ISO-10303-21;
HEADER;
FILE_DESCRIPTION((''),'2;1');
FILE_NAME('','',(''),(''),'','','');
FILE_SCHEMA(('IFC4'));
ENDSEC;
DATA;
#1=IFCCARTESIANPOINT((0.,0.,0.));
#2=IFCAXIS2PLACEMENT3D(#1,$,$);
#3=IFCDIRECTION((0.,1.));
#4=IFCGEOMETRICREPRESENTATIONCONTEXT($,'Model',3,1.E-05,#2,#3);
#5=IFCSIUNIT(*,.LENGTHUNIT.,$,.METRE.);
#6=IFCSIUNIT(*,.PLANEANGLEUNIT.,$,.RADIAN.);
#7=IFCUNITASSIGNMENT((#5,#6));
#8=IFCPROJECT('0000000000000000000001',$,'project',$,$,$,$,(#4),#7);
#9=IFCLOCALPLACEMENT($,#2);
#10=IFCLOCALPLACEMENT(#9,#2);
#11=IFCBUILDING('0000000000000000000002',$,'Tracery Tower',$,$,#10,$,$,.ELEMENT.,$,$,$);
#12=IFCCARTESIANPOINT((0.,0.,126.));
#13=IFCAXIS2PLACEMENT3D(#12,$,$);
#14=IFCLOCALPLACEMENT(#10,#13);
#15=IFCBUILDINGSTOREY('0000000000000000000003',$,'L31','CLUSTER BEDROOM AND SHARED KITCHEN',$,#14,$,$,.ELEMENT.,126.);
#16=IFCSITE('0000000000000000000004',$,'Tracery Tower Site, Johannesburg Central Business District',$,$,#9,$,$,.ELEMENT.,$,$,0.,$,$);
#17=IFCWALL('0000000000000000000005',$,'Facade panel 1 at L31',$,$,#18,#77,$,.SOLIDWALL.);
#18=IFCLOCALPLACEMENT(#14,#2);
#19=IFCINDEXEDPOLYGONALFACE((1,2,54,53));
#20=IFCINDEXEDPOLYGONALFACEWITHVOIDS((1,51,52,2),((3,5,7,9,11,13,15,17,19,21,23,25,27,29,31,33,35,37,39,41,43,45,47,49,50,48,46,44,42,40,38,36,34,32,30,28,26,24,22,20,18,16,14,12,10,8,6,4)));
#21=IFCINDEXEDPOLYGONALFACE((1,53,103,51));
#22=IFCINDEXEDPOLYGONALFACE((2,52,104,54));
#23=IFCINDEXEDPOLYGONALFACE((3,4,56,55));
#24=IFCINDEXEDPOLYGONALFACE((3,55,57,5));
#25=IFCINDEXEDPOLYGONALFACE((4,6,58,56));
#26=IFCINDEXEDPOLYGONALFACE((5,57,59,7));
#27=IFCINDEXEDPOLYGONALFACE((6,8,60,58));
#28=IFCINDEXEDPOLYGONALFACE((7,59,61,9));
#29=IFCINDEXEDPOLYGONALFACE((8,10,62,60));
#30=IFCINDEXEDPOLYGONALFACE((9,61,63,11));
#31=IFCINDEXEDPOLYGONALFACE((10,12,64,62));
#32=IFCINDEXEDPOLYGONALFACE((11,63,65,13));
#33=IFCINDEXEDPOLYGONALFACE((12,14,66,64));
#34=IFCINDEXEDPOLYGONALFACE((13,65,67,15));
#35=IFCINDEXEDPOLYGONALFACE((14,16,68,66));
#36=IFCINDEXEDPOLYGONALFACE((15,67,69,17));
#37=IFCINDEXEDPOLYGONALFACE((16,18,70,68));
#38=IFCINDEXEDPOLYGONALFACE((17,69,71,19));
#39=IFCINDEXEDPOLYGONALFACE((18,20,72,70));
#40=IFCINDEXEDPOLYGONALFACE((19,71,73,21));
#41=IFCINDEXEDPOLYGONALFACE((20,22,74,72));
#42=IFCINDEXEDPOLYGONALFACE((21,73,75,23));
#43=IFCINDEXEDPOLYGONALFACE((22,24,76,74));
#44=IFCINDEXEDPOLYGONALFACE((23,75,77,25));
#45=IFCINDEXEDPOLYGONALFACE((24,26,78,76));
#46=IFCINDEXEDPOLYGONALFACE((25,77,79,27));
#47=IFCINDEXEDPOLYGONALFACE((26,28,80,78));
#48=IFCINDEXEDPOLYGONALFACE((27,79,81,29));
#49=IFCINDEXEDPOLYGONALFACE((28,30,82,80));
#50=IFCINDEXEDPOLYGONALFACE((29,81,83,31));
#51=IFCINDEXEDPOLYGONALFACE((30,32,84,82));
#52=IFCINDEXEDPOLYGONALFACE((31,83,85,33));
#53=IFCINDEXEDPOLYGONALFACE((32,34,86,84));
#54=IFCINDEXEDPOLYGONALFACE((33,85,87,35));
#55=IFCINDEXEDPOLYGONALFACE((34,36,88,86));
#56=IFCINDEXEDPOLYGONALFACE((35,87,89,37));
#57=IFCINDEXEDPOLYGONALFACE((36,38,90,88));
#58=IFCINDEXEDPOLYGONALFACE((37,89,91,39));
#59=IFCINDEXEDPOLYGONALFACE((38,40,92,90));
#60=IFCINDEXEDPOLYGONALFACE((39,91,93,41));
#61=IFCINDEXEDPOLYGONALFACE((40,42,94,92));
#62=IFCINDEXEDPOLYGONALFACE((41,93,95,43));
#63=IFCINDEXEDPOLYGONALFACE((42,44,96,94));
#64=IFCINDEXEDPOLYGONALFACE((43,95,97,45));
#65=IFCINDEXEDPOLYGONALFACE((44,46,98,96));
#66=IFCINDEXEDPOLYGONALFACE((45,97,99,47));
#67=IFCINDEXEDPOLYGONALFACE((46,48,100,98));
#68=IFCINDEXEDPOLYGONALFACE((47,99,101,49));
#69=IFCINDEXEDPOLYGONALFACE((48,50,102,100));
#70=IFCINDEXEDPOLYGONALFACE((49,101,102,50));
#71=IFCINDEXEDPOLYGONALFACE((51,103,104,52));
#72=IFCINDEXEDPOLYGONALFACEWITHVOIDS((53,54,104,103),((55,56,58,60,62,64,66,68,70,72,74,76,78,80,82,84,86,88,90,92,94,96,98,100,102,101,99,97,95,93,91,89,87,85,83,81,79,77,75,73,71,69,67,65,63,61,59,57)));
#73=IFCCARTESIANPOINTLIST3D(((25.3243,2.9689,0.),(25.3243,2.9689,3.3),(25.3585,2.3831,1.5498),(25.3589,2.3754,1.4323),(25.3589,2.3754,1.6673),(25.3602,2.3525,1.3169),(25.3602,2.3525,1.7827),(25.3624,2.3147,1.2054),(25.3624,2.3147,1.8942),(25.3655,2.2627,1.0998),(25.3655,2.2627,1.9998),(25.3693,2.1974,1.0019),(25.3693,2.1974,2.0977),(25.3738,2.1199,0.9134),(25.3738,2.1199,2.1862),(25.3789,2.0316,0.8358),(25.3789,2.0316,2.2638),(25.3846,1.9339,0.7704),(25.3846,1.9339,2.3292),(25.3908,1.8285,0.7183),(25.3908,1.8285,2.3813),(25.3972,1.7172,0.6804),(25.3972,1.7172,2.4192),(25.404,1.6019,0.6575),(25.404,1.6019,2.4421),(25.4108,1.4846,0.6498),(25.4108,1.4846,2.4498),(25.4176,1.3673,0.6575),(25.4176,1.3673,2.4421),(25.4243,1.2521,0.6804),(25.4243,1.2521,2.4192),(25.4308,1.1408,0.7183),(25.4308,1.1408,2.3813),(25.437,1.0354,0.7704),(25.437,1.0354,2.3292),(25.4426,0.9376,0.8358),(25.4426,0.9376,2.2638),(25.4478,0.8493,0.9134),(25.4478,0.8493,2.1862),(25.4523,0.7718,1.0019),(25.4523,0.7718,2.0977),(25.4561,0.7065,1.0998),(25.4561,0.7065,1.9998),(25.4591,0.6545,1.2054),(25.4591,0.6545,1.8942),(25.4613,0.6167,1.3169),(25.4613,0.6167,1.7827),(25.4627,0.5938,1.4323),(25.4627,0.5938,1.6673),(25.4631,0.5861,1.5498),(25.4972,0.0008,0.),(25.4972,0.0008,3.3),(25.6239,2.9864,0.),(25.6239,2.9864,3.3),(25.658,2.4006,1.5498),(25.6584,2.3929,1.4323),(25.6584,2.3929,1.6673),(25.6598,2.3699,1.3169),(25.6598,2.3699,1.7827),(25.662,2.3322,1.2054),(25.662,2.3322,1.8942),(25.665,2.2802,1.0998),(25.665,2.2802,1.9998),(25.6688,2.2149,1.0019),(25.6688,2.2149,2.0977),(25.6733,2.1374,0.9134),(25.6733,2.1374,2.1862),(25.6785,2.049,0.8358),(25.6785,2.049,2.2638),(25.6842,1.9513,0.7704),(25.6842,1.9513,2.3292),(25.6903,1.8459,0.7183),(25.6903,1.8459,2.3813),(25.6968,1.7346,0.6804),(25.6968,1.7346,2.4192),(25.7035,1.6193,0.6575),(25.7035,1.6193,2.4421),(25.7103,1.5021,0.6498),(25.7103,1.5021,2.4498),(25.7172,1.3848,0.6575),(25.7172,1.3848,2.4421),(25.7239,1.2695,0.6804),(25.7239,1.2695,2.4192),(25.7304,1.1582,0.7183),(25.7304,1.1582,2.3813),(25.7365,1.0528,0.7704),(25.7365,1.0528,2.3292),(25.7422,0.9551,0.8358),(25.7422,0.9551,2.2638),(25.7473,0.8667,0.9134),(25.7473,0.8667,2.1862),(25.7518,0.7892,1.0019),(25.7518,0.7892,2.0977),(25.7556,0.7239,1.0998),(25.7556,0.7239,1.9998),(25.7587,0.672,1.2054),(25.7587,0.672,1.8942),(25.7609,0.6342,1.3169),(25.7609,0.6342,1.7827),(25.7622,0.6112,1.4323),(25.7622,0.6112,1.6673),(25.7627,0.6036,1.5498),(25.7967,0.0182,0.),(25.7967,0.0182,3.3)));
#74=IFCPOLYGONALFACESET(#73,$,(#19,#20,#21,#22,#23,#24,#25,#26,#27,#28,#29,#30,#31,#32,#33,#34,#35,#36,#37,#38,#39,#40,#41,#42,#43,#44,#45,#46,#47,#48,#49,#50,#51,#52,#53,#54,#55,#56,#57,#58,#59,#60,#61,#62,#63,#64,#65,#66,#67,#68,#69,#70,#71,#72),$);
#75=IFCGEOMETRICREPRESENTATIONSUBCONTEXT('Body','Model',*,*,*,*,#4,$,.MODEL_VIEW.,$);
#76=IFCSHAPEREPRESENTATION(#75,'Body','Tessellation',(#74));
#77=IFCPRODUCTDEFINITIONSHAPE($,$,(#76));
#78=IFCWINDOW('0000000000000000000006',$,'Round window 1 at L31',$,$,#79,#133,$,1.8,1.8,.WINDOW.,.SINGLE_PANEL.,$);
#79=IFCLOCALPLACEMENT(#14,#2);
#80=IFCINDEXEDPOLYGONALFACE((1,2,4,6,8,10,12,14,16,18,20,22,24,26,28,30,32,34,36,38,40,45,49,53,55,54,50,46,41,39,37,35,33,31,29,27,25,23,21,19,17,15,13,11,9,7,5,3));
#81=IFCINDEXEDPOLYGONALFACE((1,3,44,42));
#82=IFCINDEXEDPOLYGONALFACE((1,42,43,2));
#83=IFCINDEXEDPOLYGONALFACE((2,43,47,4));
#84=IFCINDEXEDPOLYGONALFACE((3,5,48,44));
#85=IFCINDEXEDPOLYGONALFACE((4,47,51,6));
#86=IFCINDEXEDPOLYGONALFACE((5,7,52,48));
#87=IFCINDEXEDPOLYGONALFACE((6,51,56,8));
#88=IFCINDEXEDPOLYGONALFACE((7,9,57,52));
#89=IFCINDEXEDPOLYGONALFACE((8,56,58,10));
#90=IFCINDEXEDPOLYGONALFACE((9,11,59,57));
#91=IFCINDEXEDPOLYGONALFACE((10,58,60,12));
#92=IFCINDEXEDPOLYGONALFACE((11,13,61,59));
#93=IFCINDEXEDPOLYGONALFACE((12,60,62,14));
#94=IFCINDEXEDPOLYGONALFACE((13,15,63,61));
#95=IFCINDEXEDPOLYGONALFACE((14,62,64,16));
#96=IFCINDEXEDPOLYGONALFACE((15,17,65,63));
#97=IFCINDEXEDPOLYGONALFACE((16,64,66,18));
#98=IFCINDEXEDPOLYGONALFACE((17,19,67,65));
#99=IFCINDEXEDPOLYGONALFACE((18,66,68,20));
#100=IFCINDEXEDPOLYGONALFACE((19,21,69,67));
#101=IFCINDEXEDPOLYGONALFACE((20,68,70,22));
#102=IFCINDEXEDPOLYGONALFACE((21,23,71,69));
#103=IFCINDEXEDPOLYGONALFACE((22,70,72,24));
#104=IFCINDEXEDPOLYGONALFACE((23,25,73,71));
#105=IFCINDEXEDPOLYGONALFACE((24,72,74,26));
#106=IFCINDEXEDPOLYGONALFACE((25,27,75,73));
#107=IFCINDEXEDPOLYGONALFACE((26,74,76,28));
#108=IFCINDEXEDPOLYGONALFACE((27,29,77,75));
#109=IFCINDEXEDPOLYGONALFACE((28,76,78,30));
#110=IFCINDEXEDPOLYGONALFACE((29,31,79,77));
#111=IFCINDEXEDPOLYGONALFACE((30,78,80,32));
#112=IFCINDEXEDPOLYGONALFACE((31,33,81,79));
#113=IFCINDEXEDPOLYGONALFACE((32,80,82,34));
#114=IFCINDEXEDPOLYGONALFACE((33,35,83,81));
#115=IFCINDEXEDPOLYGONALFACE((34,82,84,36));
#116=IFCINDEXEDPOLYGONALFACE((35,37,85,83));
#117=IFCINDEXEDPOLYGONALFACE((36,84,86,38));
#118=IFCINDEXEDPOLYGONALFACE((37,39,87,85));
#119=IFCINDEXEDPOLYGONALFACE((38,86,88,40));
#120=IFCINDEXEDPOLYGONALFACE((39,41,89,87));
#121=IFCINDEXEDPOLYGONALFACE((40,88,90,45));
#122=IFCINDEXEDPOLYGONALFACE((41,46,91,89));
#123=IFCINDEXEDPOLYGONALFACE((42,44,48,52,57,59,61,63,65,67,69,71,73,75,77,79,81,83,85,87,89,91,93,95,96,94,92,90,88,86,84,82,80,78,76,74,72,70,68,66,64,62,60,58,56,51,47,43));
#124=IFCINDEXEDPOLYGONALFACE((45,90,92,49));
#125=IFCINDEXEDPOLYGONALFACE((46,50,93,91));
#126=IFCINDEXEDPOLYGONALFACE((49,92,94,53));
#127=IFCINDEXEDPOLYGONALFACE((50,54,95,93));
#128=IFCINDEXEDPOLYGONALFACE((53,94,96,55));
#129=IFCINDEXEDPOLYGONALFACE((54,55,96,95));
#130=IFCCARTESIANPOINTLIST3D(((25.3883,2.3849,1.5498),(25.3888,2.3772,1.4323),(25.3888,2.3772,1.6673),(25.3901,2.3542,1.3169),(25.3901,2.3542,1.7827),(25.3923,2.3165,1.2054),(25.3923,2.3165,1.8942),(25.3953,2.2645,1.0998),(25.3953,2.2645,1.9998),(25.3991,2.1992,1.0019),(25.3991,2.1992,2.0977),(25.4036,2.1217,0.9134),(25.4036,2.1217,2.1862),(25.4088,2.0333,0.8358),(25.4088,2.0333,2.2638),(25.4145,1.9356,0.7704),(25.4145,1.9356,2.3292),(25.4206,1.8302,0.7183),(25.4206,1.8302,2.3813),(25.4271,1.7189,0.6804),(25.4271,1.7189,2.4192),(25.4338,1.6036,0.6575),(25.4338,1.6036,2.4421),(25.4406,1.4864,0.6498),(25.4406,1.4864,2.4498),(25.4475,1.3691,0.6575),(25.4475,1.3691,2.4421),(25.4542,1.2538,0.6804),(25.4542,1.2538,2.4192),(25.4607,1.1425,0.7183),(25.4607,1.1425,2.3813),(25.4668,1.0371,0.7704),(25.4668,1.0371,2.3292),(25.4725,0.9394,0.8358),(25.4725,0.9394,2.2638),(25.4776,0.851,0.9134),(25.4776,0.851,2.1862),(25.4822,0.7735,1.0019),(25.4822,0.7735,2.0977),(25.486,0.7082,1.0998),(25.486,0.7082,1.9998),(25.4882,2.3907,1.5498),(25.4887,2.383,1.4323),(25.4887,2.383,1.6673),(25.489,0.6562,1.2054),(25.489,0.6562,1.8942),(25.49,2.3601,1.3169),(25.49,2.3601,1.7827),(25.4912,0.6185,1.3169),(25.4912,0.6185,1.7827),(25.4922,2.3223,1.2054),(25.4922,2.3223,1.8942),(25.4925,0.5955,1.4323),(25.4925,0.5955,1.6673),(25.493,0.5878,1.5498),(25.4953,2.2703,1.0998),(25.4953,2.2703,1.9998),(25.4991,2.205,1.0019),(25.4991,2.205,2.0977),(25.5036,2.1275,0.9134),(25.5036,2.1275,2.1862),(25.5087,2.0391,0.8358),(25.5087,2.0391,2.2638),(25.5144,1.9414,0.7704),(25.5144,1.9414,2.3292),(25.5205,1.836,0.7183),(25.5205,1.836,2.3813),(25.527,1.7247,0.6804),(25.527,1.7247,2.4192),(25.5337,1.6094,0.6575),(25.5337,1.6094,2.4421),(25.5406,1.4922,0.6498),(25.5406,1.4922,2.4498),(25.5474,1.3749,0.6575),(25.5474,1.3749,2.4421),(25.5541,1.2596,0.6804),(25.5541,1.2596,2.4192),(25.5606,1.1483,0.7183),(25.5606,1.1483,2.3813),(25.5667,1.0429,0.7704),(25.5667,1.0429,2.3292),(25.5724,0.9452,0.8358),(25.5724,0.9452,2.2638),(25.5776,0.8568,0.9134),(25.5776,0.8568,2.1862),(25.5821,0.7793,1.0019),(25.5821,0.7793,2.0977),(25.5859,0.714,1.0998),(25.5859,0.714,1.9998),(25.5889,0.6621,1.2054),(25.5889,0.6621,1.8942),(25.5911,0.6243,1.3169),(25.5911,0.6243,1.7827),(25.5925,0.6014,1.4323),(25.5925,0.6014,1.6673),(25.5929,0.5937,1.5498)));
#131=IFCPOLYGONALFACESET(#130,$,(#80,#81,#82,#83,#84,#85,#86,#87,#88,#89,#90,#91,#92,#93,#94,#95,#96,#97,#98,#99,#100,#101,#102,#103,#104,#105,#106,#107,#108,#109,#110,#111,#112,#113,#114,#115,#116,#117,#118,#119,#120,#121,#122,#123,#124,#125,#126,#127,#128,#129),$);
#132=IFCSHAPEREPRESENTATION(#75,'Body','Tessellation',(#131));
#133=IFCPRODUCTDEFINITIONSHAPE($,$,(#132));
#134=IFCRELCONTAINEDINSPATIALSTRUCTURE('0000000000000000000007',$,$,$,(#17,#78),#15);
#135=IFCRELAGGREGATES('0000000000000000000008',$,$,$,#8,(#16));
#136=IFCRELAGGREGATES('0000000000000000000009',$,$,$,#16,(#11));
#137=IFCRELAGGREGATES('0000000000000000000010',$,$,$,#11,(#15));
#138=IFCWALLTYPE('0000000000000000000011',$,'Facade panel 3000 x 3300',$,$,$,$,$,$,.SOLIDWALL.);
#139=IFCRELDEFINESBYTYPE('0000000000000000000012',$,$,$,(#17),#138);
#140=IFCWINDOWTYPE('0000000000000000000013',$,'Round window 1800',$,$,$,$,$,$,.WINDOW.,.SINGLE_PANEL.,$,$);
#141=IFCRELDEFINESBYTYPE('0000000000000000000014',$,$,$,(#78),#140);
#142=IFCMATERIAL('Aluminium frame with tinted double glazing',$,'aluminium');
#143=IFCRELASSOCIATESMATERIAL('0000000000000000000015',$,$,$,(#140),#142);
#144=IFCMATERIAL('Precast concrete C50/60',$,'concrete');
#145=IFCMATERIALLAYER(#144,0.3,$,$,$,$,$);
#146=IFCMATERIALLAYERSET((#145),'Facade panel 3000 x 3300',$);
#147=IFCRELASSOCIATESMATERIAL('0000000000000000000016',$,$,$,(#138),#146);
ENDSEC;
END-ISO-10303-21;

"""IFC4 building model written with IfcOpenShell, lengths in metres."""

from ifc_helpers import new_model, si_unit, direction, frame, frame_2d, origin, origin_2d, place, context, subcontext, project, spatial, rectangle, circle, extrude, material, layer, layer_set, type_object, element, fill, save


model = new_model("IFC4")

# Units and contexts
model_context = context("Model", 3, precision=1e-05, world=origin(), true_north=direction((0.0, 1.0)))
body_context = subcontext(model_context, "Body", "Model", "MODEL_VIEW")
ifc_project = project(units=[si_unit("LENGTHUNIT", "METRE"), si_unit("PLANEANGLEUNIT", "RADIAN")], contexts=[model_context])

# Site, building, storey
site_placement = place(None, origin())
site = spatial("IfcSite", under=ifc_project, at=site_placement, Name="Tracery Tower Site, Johannesburg Central Business District", CompositionType="ELEMENT", RefElevation=0.0)
building_placement = place(site_placement, origin())
building = spatial("IfcBuilding", under=site, at=building_placement, Name="Tracery Tower", CompositionType="ELEMENT")
storey_placement = place(building_placement, frame((0.0, 0.0, 126.0)))
storey = spatial("IfcBuildingStorey", under=building, at=storey_placement, Name="L31", Description="CLUSTER BEDROOM AND SHARED KITCHEN", CompositionType="ELEMENT", Elevation=126.0)

# Wall, opening, window
ifc_material_1 = material(Name="Aluminium frame with tinted double glazing", Category="aluminium")
window_type = type_object("IfcWindowType", Name="Round window 1800", PartitioningType="SINGLE_PANEL", PredefinedType="WINDOW", material=ifc_material_1)
ifc_material_2 = material(Name="Precast concrete C50/60", Category="concrete")
ifc_layer_1 = layer(ifc_material_2, 0.3)
ifc_layer_set_1 = layer_set([ifc_layer_1], Name="Facade panel 3000 x 3300")
wall_type_1 = type_object("IfcWallType", Name="Facade panel 3000 x 3300", PredefinedType="SOLIDWALL", material=ifc_layer_set_1)
wall_1_placement = place(storey_placement, frame((25.647, 0.0095, 0.0), z_axis=(0.0, 0.0, 1.0), x_axis=(-0.05814, 0.998308, 0.0)))
wall_1 = element("IfcWall", 1, at=wall_1_placement, inside=storey, type_object=wall_type_1, Name="Facade panel 1 at L31", PredefinedType="SOLIDWALL", context=body_context, shape_type="SweptSolid", body=[
    extrude(rectangle(XDim=2.9731, YDim=0.3, at=frame_2d((1.4866, 0.0))), origin(), (0.0, 0.0, 1.0), 3.3),
])
opening_1_placement = place(wall_1_placement, frame((1.4863, 0.0, 1.5498)))
opening_1 = element("IfcOpeningElement", 2, at=opening_1_placement, cuts=wall_1, PredefinedType="OPENING", context=body_context, shape_type="SweptSolid", body=[
    extrude(circle(Radius=0.9, at=origin_2d()), frame((0.0, 0.1599, 0.0), z_axis=(0.0, -1.0, 0.0), x_axis=(1.0, 0.0, 0.0)), (0.0, 0.0, 1.0), 0.3201),
])
window_1_placement = place(opening_1_placement, origin())
window_1 = element("IfcWindow", 3, at=window_1_placement, inside=storey, type_object=window_type, Name="Round window 1 at L31", OverallHeight=1.8, OverallWidth=1.8, PartitioningType="SINGLE_PANEL", PredefinedType="WINDOW", context=body_context, shape_type="SweptSolid", body=[
    extrude(circle(Radius=0.9, at=origin_2d()), frame((0.0, 0.1201, 0.0), z_axis=(0.0, -1.0, 0.0), x_axis=(1.0, 0.0, 0.0)), (0.0, 0.0, 1.0), 0.1001),
])
fill(opening_1, window_1)

save(model, "model.ifc")
